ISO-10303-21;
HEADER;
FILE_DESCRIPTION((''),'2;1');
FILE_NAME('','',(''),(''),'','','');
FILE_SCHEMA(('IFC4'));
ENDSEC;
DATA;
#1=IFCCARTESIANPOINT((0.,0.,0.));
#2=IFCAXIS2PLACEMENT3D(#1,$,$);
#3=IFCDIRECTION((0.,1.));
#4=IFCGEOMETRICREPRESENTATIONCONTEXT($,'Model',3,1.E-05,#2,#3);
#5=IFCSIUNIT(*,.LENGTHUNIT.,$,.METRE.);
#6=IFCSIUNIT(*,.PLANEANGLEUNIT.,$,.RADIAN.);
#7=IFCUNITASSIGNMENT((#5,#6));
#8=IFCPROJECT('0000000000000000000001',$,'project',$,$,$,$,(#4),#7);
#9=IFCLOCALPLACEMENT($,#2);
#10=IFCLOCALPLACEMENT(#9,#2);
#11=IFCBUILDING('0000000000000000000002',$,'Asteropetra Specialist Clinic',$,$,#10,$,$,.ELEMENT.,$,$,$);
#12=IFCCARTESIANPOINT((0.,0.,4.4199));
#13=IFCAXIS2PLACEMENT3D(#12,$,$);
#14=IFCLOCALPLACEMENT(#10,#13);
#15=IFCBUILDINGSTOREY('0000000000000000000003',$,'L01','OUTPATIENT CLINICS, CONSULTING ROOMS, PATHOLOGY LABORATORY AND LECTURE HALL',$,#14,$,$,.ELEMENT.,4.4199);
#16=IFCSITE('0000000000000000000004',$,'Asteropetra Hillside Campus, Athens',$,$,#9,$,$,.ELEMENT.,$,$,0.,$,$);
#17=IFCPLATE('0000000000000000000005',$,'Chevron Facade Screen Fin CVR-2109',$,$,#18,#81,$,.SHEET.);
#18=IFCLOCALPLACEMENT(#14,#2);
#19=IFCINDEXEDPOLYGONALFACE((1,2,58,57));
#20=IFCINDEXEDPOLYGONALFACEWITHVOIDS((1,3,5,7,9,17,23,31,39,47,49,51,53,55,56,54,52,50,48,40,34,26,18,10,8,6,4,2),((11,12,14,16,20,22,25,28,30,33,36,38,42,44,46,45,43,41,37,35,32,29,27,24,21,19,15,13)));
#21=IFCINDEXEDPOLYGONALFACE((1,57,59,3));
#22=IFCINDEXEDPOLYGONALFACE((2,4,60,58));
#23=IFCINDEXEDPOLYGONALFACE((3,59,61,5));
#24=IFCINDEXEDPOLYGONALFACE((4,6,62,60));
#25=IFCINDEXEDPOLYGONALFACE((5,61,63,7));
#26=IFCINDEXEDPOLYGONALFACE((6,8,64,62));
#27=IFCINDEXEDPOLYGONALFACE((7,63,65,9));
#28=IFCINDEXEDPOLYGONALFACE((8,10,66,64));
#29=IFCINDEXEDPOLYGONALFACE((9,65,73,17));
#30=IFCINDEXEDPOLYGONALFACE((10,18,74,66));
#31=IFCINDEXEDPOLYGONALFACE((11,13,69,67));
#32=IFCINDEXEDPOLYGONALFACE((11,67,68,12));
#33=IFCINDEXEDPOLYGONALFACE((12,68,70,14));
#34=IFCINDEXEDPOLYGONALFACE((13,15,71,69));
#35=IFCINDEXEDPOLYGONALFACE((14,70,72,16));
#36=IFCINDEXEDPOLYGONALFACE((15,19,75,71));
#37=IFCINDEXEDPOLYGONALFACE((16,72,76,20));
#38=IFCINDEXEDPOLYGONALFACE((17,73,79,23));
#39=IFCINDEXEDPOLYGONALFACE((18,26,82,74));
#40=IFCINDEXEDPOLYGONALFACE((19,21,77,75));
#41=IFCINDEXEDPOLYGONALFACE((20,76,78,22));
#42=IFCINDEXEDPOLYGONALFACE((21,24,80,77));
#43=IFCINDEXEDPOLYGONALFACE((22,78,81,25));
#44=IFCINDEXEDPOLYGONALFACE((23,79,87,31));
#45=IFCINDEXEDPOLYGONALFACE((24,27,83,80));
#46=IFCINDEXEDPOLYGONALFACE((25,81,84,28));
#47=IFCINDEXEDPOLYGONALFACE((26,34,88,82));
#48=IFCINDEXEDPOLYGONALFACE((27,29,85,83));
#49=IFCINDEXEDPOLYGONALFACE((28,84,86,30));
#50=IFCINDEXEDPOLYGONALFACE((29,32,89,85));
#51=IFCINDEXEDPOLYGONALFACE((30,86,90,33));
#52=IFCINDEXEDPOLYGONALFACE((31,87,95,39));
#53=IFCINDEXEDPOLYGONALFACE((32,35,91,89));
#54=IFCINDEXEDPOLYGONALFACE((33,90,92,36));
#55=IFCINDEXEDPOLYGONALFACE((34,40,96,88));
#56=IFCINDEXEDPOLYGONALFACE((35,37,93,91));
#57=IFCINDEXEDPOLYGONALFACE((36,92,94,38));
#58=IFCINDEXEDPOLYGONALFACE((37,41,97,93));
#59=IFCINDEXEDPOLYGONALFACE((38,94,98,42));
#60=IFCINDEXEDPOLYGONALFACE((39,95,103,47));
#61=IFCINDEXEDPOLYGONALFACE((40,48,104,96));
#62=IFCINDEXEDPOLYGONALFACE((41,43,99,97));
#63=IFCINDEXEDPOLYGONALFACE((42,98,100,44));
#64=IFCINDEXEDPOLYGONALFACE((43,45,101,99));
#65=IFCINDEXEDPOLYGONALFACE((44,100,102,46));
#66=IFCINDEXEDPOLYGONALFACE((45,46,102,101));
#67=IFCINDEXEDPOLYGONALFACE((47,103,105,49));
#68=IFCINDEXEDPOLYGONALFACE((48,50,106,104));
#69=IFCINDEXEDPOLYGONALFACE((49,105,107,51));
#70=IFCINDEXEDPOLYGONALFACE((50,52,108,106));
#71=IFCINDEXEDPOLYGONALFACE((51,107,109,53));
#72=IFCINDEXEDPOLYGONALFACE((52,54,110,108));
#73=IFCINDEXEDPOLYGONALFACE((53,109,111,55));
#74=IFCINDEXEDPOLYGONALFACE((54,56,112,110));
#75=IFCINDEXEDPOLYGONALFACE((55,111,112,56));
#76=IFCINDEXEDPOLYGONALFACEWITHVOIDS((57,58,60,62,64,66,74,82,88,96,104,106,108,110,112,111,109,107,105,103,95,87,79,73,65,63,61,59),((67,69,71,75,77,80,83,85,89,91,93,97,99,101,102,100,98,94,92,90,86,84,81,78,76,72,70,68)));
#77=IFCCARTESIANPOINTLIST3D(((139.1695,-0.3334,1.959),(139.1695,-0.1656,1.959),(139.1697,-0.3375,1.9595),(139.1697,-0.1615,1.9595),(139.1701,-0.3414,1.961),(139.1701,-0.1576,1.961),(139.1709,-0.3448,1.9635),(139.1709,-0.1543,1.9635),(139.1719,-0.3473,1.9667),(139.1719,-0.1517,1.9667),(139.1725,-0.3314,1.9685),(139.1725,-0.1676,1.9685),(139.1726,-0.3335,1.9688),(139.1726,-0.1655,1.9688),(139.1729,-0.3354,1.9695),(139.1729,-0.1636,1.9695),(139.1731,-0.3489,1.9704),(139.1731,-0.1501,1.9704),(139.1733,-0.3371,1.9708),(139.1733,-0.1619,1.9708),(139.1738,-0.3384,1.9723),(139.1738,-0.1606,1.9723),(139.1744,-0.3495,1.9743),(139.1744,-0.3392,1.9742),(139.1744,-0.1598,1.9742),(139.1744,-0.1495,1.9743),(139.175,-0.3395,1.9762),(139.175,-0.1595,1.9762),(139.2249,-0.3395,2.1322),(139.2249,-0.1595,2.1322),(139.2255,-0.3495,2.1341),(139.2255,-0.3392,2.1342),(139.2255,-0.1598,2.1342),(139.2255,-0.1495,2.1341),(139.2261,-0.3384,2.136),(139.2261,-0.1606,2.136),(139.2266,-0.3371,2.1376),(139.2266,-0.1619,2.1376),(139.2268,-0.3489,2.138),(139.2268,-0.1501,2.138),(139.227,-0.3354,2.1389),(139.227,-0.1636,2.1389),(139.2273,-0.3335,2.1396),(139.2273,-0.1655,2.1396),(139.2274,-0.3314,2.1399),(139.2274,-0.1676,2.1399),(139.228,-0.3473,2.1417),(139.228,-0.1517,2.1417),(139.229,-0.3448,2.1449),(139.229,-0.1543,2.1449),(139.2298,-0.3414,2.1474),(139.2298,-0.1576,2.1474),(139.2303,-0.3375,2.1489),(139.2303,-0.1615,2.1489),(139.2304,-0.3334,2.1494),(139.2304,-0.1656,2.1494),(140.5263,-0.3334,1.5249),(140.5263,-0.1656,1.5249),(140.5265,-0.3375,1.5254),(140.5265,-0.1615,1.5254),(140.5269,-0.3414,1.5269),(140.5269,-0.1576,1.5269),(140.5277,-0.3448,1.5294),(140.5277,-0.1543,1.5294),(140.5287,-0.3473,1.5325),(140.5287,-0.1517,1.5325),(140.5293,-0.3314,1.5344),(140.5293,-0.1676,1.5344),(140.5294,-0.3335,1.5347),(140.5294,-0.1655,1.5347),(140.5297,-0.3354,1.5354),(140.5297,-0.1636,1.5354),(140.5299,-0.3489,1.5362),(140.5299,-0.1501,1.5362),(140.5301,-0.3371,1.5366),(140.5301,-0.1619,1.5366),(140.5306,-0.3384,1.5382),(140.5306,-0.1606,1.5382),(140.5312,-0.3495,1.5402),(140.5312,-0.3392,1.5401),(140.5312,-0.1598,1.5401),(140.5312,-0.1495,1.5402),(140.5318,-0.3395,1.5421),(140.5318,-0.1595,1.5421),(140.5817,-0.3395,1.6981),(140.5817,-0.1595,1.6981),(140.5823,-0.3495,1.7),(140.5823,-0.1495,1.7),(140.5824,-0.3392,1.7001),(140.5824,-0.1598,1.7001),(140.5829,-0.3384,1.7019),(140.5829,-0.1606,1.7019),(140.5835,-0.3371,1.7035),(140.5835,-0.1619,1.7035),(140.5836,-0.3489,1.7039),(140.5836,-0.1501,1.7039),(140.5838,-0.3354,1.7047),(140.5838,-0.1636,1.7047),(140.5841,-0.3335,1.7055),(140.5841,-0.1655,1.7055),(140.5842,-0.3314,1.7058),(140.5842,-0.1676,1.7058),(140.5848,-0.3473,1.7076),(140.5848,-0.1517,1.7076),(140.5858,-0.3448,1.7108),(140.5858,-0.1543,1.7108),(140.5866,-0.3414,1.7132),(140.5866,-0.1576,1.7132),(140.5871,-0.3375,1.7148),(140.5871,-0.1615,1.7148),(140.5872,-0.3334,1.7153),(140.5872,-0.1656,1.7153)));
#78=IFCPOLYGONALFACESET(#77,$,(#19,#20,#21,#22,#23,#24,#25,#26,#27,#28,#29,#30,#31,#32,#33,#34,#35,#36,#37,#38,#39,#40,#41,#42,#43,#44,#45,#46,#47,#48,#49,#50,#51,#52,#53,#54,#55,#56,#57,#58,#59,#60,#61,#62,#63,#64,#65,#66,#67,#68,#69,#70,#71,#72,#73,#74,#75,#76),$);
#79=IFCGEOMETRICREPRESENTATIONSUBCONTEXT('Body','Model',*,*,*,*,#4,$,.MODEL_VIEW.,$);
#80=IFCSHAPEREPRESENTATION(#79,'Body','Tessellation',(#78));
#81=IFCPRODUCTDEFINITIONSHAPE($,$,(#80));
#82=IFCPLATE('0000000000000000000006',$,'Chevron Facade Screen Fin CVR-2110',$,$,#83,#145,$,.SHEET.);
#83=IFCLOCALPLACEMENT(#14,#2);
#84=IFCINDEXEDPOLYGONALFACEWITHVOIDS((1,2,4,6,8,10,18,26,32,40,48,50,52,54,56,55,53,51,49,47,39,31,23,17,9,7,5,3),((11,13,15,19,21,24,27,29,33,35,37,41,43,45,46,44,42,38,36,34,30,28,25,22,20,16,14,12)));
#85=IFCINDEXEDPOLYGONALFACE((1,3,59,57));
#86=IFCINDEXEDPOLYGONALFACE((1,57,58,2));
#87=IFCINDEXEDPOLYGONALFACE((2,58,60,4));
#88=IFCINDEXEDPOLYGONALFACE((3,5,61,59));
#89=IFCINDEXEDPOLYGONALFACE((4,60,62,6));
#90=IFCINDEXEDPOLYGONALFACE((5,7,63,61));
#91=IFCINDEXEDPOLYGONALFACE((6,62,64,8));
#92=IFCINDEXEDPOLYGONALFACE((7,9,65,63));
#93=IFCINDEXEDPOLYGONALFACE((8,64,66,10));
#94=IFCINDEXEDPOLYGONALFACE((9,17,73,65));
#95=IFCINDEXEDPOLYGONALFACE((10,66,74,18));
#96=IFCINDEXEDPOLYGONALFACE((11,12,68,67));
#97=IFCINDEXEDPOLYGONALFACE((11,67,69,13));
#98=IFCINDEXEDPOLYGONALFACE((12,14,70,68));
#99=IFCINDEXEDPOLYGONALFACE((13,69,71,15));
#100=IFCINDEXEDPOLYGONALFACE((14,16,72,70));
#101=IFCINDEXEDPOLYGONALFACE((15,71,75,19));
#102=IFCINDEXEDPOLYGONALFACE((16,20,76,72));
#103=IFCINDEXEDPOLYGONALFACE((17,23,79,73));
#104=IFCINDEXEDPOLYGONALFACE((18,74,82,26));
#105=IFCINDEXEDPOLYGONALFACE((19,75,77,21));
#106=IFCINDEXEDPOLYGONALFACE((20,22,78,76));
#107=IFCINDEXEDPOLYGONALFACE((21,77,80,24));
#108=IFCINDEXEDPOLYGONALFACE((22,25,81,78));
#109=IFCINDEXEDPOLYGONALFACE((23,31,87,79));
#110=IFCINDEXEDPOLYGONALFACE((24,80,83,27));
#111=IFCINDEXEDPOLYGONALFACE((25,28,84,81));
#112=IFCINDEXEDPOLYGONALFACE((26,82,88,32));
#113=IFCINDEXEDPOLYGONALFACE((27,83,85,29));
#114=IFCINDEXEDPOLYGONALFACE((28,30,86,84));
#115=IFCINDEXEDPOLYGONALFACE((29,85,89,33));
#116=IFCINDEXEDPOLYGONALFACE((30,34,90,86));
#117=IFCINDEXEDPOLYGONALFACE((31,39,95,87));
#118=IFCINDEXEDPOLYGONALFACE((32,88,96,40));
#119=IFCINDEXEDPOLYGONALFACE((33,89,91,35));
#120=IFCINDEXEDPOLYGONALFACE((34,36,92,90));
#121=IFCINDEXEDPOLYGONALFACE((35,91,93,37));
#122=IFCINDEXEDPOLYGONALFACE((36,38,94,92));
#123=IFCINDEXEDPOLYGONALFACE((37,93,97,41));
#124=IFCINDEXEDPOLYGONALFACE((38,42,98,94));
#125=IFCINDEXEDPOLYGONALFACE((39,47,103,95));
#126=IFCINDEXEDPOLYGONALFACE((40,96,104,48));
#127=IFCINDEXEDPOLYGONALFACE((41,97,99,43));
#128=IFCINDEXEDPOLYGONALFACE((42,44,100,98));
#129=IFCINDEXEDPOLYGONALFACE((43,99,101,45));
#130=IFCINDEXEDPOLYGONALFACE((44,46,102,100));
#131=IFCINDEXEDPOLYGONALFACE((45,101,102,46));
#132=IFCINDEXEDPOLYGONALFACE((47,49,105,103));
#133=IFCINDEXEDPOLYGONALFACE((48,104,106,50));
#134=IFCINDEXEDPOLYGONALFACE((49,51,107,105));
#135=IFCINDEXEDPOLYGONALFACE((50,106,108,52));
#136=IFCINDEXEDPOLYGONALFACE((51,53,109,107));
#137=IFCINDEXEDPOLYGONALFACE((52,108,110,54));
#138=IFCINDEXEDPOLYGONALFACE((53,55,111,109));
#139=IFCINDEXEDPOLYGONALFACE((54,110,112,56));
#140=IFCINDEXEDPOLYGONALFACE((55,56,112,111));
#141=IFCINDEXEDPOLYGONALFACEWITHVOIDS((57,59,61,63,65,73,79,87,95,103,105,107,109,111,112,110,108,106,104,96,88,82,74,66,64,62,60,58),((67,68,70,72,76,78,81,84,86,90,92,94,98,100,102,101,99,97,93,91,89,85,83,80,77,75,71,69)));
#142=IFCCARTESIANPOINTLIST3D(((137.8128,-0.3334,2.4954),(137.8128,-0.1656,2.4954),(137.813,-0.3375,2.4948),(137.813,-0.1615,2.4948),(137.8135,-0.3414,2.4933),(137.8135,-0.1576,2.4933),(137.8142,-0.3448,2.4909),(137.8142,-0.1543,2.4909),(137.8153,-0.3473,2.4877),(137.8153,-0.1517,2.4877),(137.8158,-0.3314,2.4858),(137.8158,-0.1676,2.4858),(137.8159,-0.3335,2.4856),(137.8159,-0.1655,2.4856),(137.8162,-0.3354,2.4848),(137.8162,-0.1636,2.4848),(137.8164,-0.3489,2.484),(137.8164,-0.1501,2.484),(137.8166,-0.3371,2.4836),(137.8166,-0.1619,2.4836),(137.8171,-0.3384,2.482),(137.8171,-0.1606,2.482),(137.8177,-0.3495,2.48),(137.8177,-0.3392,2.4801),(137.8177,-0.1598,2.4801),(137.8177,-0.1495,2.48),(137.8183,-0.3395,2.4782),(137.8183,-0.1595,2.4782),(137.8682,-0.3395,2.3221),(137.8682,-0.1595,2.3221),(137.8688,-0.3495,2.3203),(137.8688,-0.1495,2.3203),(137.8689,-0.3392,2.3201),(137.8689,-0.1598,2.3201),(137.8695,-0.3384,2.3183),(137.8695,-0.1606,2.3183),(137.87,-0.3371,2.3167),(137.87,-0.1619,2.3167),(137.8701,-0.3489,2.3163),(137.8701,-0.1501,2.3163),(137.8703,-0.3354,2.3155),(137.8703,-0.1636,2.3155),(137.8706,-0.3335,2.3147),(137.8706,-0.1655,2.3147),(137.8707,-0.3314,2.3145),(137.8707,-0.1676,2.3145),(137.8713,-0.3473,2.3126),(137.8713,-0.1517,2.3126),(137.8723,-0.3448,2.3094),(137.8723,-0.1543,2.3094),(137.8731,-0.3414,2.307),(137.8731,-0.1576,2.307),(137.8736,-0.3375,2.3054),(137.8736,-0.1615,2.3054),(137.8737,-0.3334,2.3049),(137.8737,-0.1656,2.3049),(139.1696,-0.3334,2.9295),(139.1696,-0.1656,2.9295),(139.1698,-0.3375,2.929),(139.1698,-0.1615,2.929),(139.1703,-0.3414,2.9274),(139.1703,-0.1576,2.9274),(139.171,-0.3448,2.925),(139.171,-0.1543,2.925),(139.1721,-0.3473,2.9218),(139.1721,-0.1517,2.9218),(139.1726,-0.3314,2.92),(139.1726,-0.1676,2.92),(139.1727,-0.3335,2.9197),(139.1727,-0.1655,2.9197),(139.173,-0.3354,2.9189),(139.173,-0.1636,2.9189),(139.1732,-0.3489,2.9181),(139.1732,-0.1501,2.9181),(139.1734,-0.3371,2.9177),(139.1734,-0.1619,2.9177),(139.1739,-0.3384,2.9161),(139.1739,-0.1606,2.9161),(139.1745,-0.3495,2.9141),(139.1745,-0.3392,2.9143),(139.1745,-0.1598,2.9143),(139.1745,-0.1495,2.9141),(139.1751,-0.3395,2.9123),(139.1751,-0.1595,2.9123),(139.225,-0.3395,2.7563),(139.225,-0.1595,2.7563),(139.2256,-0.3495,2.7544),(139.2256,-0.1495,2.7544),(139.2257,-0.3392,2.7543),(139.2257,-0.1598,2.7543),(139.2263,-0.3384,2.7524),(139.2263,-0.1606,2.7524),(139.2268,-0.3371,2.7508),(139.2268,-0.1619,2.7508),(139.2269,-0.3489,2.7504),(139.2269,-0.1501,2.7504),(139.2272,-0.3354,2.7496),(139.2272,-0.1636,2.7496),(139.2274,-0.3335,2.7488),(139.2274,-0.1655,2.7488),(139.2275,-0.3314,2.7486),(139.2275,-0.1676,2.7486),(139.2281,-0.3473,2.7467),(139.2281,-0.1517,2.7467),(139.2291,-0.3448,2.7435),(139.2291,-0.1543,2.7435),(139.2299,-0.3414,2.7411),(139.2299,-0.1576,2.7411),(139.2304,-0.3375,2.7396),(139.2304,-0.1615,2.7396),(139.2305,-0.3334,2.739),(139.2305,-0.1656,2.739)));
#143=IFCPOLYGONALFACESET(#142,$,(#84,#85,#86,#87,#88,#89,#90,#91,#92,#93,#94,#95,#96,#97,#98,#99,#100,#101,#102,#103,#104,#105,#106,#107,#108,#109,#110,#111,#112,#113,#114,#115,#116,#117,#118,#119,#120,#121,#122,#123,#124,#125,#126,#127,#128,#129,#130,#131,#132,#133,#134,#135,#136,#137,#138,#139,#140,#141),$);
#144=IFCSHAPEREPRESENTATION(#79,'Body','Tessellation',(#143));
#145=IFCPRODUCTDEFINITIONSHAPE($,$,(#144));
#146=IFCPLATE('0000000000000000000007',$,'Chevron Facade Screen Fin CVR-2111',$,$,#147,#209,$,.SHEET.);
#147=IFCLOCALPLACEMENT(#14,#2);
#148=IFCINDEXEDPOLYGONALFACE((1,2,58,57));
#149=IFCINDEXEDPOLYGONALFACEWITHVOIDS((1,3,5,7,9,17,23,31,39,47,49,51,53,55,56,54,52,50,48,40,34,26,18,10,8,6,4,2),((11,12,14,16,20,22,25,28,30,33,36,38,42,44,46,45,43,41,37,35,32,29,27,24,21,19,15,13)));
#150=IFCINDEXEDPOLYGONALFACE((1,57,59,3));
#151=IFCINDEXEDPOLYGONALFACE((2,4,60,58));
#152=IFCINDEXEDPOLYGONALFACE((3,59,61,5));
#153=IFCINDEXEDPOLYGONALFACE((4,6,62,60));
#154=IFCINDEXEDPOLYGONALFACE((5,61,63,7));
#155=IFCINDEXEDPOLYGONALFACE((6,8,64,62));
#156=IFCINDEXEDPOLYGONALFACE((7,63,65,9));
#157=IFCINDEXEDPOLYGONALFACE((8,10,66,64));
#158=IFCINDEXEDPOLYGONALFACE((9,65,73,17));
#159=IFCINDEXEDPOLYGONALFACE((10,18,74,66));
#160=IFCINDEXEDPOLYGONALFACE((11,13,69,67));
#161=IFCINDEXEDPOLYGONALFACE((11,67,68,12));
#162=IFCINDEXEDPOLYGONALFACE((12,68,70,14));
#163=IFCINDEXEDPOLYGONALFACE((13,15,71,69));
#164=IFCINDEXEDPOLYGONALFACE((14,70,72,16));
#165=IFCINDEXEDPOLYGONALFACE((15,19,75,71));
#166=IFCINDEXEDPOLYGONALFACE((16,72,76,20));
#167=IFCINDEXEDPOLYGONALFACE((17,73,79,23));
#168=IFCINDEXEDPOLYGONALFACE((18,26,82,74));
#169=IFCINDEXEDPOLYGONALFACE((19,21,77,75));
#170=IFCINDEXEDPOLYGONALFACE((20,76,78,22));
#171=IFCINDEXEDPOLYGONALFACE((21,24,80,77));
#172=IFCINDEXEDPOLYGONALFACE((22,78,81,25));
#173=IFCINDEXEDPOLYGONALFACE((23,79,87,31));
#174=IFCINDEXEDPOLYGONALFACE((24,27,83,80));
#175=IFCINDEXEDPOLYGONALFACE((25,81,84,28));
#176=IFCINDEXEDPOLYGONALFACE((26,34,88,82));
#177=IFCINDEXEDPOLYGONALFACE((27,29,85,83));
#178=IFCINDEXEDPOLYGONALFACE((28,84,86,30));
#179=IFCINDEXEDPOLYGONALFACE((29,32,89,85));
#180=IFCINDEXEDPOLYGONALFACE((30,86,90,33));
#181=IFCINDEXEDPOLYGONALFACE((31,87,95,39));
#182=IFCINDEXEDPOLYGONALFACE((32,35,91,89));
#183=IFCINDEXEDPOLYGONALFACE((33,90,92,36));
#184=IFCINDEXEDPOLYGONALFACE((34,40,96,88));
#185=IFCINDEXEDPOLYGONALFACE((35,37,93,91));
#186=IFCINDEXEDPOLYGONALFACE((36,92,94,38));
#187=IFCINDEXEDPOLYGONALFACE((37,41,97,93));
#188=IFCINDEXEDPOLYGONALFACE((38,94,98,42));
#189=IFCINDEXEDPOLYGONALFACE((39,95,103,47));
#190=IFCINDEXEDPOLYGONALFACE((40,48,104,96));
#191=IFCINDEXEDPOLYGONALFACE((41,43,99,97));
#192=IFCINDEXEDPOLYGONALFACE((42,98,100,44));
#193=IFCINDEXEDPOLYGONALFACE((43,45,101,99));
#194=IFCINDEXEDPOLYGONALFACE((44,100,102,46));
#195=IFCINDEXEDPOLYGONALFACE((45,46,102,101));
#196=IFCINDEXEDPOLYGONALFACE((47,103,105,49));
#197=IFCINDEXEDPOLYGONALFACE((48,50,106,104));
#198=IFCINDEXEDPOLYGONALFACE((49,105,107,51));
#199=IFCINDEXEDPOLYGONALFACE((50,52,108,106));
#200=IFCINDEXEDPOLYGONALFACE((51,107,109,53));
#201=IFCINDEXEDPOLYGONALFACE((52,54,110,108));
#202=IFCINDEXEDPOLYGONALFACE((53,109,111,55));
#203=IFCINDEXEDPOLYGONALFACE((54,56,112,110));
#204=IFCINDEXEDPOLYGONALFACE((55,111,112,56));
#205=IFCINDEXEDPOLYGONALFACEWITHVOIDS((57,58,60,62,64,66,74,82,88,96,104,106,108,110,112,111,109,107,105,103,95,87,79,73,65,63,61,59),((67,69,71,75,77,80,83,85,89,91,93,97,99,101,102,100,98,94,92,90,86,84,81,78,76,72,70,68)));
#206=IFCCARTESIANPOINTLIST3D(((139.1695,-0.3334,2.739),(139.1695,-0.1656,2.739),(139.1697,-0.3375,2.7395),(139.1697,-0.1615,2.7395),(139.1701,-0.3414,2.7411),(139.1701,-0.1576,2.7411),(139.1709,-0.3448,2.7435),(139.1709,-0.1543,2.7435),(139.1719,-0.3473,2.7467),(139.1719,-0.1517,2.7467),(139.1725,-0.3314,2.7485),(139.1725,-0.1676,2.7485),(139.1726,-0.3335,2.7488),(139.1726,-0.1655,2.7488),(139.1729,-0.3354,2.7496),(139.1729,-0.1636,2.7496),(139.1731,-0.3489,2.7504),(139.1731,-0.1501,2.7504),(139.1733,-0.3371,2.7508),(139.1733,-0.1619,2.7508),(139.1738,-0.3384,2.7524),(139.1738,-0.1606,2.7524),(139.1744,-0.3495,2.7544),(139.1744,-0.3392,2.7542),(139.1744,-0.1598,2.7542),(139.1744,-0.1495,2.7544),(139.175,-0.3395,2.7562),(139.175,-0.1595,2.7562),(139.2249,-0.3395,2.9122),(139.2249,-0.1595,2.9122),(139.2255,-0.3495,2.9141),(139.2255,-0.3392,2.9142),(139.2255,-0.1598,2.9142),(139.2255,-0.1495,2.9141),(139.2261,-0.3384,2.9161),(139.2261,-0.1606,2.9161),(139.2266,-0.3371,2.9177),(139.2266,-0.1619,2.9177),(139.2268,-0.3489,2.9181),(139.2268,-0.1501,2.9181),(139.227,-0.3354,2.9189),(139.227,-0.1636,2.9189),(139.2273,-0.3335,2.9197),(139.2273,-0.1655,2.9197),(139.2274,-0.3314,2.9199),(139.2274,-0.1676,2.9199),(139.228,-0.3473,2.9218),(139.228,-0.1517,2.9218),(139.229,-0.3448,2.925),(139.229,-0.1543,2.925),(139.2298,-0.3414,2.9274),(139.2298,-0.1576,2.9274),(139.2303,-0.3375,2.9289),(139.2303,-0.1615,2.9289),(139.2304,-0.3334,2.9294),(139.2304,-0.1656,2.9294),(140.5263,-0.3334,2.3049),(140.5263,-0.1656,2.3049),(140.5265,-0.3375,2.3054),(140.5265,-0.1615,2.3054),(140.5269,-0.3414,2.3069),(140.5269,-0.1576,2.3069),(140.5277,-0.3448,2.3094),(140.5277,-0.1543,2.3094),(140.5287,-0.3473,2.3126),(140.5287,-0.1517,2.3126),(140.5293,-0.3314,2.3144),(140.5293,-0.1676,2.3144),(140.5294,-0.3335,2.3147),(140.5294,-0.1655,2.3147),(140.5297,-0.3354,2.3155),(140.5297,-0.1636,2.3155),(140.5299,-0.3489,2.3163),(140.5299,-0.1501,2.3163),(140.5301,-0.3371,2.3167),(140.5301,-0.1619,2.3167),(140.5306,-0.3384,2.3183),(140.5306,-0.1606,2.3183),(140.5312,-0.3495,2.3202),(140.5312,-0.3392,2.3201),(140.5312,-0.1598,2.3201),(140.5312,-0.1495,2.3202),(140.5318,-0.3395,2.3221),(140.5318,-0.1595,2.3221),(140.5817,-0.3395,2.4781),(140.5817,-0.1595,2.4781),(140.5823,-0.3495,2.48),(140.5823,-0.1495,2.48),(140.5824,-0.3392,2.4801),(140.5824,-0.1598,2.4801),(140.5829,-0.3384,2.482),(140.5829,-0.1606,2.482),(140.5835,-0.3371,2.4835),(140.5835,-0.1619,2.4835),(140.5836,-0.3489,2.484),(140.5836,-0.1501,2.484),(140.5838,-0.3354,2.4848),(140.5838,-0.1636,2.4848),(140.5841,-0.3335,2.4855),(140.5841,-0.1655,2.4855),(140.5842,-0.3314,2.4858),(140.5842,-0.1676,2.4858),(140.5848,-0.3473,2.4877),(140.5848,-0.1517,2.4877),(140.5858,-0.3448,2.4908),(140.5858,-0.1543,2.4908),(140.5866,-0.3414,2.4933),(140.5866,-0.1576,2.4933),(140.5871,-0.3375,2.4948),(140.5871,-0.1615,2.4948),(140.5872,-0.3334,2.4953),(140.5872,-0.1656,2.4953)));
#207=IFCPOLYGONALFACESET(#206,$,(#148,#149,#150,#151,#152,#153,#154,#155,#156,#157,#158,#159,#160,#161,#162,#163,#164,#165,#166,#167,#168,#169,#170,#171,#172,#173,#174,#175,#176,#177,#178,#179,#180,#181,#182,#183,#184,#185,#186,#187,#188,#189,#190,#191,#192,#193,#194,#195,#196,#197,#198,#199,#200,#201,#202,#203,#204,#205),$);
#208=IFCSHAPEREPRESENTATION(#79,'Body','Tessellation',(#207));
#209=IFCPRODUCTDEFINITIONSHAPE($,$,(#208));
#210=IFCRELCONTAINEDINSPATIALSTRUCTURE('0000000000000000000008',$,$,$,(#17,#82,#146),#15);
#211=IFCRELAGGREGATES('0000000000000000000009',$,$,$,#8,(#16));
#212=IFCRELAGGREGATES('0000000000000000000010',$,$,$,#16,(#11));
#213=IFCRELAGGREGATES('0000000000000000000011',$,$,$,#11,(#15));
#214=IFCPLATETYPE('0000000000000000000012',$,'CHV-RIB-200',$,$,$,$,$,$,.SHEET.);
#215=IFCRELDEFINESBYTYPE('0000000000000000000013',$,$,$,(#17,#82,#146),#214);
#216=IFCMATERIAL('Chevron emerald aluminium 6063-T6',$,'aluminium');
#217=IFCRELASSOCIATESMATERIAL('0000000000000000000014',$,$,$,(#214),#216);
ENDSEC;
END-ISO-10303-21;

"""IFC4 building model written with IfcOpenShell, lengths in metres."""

from ifc_helpers import new_model, si_unit, direction, frame, origin, origin_2d, place, context, subcontext, project, spatial, hollow_rectangle, extrude, material, material_profile, profile_set, type_object, element, save


model = new_model("IFC4")

# Units and contexts
model_context = context("Model", 3, precision=1e-05, world=origin(), true_north=direction((0.0, 1.0)))
body_context = subcontext(model_context, "Body", "Model", "MODEL_VIEW")
ifc_project = project(units=[si_unit("LENGTHUNIT", "METRE"), si_unit("PLANEANGLEUNIT", "RADIAN")], contexts=[model_context])

# Site, building, storey
site_placement = place(None, origin())
site = spatial("IfcSite", under=ifc_project, at=site_placement, Name="Asteropetra Hillside Campus, Athens", CompositionType="ELEMENT", RefElevation=0.0)
building_placement = place(site_placement, origin())
building = spatial("IfcBuilding", under=site, at=building_placement, Name="Asteropetra Specialist Clinic", CompositionType="ELEMENT")
storey_placement = place(building_placement, frame((0.0, 0.0, 4.4199)))
storey = spatial("IfcBuildingStorey", under=building, at=storey_placement, Name="L01", Description="OUTPATIENT CLINICS, CONSULTING ROOMS, PATHOLOGY LABORATORY AND LECTURE HALL", CompositionType="ELEMENT", Elevation=4.4199)

# Plates
ifc_material_1 = material(Name="Chevron emerald aluminium 6063-T6", Category="aluminium")
ifc_material_profile_1 = material_profile(ifc_material_1, hollow_rectangle(XDim=0.2, YDim=0.2, WallThickness=0.01, InnerFilletRadius=0.0081, OuterFilletRadius=0.0161, at=origin_2d()), Name="SHS 200x200x10.0")
ifc_profile_set_1 = profile_set([ifc_material_profile_1], Name="Chevron emerald aluminium 6063-T6")
plate_type = type_object("IfcPlateType", Name="CHV-RIB-200", PredefinedType="SHEET", material=ifc_profile_set_1)
for number, where, z_axis, x_axis, name in (
    (1, (139.2, -0.2495, 2.0542), (0.952436, 0.0, -0.304738), (0.0, 1.0, 0.0), "Chevron Facade Screen Fin CVR-2109"),
    (2, (137.8433, -0.2495, 2.4001), (0.952436, 0.0, 0.304738), (0.0, 1.0, 0.0), "Chevron Facade Screen Fin CVR-2110"),
    (3, (139.2, -0.2495, 2.8342), (0.952436, 0.0, -0.304738), (0.0, 1.0, 0.0), "Chevron Facade Screen Fin CVR-2111"),
):
    element("IfcPlate", number, at=place(storey_placement, frame(where, z_axis=z_axis, x_axis=x_axis)), inside=storey, type_object=plate_type, Name=name, PredefinedType="SHEET", context=body_context, shape_type="SweptSolid", body=[
        extrude(hollow_rectangle(XDim=0.2, YDim=0.2, WallThickness=0.01, InnerFilletRadius=0.0081, OuterFilletRadius=0.0161, at=origin_2d()), origin(), (0.0, 0.0, 1.0), 1.4246),
    ])

save(model, "model.ifc")
